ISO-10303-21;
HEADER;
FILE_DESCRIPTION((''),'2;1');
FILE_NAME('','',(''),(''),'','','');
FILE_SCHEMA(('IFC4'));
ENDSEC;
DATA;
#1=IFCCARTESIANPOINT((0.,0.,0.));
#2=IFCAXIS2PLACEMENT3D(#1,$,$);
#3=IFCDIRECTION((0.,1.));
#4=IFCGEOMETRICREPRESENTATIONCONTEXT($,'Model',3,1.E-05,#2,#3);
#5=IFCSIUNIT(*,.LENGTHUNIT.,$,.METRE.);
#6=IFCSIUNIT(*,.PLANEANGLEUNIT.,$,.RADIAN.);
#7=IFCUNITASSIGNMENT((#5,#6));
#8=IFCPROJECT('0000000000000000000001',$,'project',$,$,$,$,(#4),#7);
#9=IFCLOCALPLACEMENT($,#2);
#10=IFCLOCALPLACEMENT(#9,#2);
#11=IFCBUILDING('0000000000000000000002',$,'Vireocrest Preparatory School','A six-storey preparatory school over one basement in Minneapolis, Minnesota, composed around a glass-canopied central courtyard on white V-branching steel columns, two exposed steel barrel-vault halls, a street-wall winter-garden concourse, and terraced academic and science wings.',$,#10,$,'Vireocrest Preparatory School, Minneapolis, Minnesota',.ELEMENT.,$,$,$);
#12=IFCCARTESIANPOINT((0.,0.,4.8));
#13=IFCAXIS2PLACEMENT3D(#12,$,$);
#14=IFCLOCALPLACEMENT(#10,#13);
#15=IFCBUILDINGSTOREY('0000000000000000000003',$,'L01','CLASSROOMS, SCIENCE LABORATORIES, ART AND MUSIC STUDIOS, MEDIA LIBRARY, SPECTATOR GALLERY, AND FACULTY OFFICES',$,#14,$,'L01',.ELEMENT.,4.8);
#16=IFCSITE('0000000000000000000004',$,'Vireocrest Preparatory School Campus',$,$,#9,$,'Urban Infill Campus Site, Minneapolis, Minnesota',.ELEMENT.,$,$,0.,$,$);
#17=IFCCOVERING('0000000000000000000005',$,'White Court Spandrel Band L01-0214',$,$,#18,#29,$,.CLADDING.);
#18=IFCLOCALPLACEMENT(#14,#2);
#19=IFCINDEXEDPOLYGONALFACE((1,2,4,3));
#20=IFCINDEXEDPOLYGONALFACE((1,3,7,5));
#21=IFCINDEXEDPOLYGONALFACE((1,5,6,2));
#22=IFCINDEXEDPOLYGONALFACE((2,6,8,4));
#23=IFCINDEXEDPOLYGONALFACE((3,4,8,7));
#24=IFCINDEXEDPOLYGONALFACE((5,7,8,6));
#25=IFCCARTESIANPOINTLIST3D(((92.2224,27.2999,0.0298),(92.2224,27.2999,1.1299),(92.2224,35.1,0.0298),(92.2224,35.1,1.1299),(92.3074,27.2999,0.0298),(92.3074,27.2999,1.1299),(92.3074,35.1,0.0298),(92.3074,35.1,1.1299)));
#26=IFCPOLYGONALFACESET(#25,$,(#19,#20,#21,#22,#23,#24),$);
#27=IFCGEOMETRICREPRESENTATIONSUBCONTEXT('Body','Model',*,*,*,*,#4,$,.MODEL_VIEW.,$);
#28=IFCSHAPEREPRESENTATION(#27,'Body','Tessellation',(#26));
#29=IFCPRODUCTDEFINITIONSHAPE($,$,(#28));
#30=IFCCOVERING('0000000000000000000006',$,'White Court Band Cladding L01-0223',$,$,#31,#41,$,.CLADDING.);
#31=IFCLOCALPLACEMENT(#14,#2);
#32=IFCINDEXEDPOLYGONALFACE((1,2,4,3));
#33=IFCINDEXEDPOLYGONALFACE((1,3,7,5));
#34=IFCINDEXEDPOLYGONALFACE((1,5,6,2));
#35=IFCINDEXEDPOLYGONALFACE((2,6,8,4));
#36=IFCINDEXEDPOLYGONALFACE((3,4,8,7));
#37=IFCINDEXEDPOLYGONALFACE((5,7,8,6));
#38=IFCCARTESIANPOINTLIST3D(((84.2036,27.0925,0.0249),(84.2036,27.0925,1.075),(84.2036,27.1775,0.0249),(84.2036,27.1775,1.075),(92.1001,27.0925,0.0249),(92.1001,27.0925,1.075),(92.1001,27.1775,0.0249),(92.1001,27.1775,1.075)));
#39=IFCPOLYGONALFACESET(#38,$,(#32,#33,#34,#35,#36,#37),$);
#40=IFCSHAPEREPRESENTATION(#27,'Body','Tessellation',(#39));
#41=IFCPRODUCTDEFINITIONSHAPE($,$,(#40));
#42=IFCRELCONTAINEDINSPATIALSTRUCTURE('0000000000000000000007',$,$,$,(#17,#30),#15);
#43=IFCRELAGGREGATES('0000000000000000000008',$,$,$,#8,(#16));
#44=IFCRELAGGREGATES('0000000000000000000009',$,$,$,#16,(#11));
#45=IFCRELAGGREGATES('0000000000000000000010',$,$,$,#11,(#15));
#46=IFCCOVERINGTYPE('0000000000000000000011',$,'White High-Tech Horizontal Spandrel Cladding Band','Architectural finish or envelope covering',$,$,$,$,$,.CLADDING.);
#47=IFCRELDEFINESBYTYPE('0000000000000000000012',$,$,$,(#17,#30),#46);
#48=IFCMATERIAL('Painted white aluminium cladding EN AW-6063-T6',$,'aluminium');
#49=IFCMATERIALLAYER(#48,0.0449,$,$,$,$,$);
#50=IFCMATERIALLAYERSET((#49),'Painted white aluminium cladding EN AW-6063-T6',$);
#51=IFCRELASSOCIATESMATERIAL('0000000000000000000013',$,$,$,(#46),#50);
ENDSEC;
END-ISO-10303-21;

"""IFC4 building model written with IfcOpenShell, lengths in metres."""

from ifc_helpers import new_model, si_unit, direction, frame, origin, origin_2d, place, context, subcontext, project, spatial, rectangle, extrude, material, layer, layer_set, type_object, element, save


model = new_model("IFC4")

# Units and contexts
model_context = context("Model", 3, precision=1e-05, world=origin(), true_north=direction((0.0, 1.0)))
body_context = subcontext(model_context, "Body", "Model", "MODEL_VIEW")
ifc_project = project(units=[si_unit("LENGTHUNIT", "METRE"), si_unit("PLANEANGLEUNIT", "RADIAN")], contexts=[model_context])

# Site, building, storey
site_placement = place(None, origin())
site = spatial("IfcSite", under=ifc_project, at=site_placement, Name="Vireocrest Preparatory School Campus", LongName="Urban Infill Campus Site, Minneapolis, Minnesota", CompositionType="ELEMENT", RefElevation=0.0)
building_placement = place(site_placement, origin())
building = spatial("IfcBuilding", under=site, at=building_placement, Name="Vireocrest Preparatory School", Description="A six-storey preparatory school over one basement in Minneapolis, Minnesota, composed around a glass-canopied central courtyard on white V-branching steel columns, two exposed steel barrel-vault halls, a street-wall winter-garden concourse, and terraced academic and science wings.", LongName="Vireocrest Preparatory School, Minneapolis, Minnesota", CompositionType="ELEMENT")
storey_placement = place(building_placement, frame((0.0, 0.0, 4.8)))
storey = spatial("IfcBuildingStorey", under=building, at=storey_placement, Name="L01", Description="CLASSROOMS, SCIENCE LABORATORIES, ART AND MUSIC STUDIOS, MEDIA LIBRARY, SPECTATOR GALLERY, AND FACULTY OFFICES", LongName="L01", CompositionType="ELEMENT", Elevation=4.8)

# Coverings
ifc_material_1 = material(Name="Painted white aluminium cladding EN AW-6063-T6", Category="aluminium")
ifc_layer_1 = layer(ifc_material_1, 0.0449)
ifc_layer_set_1 = layer_set([ifc_layer_1], Name="Painted white aluminium cladding EN AW-6063-T6")
covering_type = type_object("IfcCoveringType", Name="White High-Tech Horizontal Spandrel Cladding Band", Description="Architectural finish or envelope covering", PredefinedType="CLADDING", material=ifc_layer_set_1)
covering_1_placement = place(storey_placement, frame((92.2649, 31.2, 0.0298), z_axis=(0.0, 0.0, 1.0), x_axis=(1.0, 0.0, 0.0)))
element("IfcCovering", 1, at=covering_1_placement, inside=storey, type_object=covering_type, Name="White Court Spandrel Band L01-0214", PredefinedType="CLADDING", context=body_context, shape_type="SweptSolid", body=[
    extrude(rectangle(XDim=0.085, YDim=7.8, at=origin_2d()), origin(), (0.0, 0.0, 1.0), 1.1001),
])
covering_2_placement = place(storey_placement, frame((88.1519, 27.135, 0.0249), z_axis=(0.0, 0.0, 1.0), x_axis=(1.0, 0.0, 0.0)))
element("IfcCovering", 2, at=covering_2_placement, inside=storey, type_object=covering_type, Name="White Court Band Cladding L01-0223", PredefinedType="CLADDING", context=body_context, shape_type="SweptSolid", body=[
    extrude(rectangle(XDim=7.8965, YDim=0.085, at=origin_2d()), origin(), (0.0, 0.0, 1.0), 1.05),
])

save(model, "model.ifc")
